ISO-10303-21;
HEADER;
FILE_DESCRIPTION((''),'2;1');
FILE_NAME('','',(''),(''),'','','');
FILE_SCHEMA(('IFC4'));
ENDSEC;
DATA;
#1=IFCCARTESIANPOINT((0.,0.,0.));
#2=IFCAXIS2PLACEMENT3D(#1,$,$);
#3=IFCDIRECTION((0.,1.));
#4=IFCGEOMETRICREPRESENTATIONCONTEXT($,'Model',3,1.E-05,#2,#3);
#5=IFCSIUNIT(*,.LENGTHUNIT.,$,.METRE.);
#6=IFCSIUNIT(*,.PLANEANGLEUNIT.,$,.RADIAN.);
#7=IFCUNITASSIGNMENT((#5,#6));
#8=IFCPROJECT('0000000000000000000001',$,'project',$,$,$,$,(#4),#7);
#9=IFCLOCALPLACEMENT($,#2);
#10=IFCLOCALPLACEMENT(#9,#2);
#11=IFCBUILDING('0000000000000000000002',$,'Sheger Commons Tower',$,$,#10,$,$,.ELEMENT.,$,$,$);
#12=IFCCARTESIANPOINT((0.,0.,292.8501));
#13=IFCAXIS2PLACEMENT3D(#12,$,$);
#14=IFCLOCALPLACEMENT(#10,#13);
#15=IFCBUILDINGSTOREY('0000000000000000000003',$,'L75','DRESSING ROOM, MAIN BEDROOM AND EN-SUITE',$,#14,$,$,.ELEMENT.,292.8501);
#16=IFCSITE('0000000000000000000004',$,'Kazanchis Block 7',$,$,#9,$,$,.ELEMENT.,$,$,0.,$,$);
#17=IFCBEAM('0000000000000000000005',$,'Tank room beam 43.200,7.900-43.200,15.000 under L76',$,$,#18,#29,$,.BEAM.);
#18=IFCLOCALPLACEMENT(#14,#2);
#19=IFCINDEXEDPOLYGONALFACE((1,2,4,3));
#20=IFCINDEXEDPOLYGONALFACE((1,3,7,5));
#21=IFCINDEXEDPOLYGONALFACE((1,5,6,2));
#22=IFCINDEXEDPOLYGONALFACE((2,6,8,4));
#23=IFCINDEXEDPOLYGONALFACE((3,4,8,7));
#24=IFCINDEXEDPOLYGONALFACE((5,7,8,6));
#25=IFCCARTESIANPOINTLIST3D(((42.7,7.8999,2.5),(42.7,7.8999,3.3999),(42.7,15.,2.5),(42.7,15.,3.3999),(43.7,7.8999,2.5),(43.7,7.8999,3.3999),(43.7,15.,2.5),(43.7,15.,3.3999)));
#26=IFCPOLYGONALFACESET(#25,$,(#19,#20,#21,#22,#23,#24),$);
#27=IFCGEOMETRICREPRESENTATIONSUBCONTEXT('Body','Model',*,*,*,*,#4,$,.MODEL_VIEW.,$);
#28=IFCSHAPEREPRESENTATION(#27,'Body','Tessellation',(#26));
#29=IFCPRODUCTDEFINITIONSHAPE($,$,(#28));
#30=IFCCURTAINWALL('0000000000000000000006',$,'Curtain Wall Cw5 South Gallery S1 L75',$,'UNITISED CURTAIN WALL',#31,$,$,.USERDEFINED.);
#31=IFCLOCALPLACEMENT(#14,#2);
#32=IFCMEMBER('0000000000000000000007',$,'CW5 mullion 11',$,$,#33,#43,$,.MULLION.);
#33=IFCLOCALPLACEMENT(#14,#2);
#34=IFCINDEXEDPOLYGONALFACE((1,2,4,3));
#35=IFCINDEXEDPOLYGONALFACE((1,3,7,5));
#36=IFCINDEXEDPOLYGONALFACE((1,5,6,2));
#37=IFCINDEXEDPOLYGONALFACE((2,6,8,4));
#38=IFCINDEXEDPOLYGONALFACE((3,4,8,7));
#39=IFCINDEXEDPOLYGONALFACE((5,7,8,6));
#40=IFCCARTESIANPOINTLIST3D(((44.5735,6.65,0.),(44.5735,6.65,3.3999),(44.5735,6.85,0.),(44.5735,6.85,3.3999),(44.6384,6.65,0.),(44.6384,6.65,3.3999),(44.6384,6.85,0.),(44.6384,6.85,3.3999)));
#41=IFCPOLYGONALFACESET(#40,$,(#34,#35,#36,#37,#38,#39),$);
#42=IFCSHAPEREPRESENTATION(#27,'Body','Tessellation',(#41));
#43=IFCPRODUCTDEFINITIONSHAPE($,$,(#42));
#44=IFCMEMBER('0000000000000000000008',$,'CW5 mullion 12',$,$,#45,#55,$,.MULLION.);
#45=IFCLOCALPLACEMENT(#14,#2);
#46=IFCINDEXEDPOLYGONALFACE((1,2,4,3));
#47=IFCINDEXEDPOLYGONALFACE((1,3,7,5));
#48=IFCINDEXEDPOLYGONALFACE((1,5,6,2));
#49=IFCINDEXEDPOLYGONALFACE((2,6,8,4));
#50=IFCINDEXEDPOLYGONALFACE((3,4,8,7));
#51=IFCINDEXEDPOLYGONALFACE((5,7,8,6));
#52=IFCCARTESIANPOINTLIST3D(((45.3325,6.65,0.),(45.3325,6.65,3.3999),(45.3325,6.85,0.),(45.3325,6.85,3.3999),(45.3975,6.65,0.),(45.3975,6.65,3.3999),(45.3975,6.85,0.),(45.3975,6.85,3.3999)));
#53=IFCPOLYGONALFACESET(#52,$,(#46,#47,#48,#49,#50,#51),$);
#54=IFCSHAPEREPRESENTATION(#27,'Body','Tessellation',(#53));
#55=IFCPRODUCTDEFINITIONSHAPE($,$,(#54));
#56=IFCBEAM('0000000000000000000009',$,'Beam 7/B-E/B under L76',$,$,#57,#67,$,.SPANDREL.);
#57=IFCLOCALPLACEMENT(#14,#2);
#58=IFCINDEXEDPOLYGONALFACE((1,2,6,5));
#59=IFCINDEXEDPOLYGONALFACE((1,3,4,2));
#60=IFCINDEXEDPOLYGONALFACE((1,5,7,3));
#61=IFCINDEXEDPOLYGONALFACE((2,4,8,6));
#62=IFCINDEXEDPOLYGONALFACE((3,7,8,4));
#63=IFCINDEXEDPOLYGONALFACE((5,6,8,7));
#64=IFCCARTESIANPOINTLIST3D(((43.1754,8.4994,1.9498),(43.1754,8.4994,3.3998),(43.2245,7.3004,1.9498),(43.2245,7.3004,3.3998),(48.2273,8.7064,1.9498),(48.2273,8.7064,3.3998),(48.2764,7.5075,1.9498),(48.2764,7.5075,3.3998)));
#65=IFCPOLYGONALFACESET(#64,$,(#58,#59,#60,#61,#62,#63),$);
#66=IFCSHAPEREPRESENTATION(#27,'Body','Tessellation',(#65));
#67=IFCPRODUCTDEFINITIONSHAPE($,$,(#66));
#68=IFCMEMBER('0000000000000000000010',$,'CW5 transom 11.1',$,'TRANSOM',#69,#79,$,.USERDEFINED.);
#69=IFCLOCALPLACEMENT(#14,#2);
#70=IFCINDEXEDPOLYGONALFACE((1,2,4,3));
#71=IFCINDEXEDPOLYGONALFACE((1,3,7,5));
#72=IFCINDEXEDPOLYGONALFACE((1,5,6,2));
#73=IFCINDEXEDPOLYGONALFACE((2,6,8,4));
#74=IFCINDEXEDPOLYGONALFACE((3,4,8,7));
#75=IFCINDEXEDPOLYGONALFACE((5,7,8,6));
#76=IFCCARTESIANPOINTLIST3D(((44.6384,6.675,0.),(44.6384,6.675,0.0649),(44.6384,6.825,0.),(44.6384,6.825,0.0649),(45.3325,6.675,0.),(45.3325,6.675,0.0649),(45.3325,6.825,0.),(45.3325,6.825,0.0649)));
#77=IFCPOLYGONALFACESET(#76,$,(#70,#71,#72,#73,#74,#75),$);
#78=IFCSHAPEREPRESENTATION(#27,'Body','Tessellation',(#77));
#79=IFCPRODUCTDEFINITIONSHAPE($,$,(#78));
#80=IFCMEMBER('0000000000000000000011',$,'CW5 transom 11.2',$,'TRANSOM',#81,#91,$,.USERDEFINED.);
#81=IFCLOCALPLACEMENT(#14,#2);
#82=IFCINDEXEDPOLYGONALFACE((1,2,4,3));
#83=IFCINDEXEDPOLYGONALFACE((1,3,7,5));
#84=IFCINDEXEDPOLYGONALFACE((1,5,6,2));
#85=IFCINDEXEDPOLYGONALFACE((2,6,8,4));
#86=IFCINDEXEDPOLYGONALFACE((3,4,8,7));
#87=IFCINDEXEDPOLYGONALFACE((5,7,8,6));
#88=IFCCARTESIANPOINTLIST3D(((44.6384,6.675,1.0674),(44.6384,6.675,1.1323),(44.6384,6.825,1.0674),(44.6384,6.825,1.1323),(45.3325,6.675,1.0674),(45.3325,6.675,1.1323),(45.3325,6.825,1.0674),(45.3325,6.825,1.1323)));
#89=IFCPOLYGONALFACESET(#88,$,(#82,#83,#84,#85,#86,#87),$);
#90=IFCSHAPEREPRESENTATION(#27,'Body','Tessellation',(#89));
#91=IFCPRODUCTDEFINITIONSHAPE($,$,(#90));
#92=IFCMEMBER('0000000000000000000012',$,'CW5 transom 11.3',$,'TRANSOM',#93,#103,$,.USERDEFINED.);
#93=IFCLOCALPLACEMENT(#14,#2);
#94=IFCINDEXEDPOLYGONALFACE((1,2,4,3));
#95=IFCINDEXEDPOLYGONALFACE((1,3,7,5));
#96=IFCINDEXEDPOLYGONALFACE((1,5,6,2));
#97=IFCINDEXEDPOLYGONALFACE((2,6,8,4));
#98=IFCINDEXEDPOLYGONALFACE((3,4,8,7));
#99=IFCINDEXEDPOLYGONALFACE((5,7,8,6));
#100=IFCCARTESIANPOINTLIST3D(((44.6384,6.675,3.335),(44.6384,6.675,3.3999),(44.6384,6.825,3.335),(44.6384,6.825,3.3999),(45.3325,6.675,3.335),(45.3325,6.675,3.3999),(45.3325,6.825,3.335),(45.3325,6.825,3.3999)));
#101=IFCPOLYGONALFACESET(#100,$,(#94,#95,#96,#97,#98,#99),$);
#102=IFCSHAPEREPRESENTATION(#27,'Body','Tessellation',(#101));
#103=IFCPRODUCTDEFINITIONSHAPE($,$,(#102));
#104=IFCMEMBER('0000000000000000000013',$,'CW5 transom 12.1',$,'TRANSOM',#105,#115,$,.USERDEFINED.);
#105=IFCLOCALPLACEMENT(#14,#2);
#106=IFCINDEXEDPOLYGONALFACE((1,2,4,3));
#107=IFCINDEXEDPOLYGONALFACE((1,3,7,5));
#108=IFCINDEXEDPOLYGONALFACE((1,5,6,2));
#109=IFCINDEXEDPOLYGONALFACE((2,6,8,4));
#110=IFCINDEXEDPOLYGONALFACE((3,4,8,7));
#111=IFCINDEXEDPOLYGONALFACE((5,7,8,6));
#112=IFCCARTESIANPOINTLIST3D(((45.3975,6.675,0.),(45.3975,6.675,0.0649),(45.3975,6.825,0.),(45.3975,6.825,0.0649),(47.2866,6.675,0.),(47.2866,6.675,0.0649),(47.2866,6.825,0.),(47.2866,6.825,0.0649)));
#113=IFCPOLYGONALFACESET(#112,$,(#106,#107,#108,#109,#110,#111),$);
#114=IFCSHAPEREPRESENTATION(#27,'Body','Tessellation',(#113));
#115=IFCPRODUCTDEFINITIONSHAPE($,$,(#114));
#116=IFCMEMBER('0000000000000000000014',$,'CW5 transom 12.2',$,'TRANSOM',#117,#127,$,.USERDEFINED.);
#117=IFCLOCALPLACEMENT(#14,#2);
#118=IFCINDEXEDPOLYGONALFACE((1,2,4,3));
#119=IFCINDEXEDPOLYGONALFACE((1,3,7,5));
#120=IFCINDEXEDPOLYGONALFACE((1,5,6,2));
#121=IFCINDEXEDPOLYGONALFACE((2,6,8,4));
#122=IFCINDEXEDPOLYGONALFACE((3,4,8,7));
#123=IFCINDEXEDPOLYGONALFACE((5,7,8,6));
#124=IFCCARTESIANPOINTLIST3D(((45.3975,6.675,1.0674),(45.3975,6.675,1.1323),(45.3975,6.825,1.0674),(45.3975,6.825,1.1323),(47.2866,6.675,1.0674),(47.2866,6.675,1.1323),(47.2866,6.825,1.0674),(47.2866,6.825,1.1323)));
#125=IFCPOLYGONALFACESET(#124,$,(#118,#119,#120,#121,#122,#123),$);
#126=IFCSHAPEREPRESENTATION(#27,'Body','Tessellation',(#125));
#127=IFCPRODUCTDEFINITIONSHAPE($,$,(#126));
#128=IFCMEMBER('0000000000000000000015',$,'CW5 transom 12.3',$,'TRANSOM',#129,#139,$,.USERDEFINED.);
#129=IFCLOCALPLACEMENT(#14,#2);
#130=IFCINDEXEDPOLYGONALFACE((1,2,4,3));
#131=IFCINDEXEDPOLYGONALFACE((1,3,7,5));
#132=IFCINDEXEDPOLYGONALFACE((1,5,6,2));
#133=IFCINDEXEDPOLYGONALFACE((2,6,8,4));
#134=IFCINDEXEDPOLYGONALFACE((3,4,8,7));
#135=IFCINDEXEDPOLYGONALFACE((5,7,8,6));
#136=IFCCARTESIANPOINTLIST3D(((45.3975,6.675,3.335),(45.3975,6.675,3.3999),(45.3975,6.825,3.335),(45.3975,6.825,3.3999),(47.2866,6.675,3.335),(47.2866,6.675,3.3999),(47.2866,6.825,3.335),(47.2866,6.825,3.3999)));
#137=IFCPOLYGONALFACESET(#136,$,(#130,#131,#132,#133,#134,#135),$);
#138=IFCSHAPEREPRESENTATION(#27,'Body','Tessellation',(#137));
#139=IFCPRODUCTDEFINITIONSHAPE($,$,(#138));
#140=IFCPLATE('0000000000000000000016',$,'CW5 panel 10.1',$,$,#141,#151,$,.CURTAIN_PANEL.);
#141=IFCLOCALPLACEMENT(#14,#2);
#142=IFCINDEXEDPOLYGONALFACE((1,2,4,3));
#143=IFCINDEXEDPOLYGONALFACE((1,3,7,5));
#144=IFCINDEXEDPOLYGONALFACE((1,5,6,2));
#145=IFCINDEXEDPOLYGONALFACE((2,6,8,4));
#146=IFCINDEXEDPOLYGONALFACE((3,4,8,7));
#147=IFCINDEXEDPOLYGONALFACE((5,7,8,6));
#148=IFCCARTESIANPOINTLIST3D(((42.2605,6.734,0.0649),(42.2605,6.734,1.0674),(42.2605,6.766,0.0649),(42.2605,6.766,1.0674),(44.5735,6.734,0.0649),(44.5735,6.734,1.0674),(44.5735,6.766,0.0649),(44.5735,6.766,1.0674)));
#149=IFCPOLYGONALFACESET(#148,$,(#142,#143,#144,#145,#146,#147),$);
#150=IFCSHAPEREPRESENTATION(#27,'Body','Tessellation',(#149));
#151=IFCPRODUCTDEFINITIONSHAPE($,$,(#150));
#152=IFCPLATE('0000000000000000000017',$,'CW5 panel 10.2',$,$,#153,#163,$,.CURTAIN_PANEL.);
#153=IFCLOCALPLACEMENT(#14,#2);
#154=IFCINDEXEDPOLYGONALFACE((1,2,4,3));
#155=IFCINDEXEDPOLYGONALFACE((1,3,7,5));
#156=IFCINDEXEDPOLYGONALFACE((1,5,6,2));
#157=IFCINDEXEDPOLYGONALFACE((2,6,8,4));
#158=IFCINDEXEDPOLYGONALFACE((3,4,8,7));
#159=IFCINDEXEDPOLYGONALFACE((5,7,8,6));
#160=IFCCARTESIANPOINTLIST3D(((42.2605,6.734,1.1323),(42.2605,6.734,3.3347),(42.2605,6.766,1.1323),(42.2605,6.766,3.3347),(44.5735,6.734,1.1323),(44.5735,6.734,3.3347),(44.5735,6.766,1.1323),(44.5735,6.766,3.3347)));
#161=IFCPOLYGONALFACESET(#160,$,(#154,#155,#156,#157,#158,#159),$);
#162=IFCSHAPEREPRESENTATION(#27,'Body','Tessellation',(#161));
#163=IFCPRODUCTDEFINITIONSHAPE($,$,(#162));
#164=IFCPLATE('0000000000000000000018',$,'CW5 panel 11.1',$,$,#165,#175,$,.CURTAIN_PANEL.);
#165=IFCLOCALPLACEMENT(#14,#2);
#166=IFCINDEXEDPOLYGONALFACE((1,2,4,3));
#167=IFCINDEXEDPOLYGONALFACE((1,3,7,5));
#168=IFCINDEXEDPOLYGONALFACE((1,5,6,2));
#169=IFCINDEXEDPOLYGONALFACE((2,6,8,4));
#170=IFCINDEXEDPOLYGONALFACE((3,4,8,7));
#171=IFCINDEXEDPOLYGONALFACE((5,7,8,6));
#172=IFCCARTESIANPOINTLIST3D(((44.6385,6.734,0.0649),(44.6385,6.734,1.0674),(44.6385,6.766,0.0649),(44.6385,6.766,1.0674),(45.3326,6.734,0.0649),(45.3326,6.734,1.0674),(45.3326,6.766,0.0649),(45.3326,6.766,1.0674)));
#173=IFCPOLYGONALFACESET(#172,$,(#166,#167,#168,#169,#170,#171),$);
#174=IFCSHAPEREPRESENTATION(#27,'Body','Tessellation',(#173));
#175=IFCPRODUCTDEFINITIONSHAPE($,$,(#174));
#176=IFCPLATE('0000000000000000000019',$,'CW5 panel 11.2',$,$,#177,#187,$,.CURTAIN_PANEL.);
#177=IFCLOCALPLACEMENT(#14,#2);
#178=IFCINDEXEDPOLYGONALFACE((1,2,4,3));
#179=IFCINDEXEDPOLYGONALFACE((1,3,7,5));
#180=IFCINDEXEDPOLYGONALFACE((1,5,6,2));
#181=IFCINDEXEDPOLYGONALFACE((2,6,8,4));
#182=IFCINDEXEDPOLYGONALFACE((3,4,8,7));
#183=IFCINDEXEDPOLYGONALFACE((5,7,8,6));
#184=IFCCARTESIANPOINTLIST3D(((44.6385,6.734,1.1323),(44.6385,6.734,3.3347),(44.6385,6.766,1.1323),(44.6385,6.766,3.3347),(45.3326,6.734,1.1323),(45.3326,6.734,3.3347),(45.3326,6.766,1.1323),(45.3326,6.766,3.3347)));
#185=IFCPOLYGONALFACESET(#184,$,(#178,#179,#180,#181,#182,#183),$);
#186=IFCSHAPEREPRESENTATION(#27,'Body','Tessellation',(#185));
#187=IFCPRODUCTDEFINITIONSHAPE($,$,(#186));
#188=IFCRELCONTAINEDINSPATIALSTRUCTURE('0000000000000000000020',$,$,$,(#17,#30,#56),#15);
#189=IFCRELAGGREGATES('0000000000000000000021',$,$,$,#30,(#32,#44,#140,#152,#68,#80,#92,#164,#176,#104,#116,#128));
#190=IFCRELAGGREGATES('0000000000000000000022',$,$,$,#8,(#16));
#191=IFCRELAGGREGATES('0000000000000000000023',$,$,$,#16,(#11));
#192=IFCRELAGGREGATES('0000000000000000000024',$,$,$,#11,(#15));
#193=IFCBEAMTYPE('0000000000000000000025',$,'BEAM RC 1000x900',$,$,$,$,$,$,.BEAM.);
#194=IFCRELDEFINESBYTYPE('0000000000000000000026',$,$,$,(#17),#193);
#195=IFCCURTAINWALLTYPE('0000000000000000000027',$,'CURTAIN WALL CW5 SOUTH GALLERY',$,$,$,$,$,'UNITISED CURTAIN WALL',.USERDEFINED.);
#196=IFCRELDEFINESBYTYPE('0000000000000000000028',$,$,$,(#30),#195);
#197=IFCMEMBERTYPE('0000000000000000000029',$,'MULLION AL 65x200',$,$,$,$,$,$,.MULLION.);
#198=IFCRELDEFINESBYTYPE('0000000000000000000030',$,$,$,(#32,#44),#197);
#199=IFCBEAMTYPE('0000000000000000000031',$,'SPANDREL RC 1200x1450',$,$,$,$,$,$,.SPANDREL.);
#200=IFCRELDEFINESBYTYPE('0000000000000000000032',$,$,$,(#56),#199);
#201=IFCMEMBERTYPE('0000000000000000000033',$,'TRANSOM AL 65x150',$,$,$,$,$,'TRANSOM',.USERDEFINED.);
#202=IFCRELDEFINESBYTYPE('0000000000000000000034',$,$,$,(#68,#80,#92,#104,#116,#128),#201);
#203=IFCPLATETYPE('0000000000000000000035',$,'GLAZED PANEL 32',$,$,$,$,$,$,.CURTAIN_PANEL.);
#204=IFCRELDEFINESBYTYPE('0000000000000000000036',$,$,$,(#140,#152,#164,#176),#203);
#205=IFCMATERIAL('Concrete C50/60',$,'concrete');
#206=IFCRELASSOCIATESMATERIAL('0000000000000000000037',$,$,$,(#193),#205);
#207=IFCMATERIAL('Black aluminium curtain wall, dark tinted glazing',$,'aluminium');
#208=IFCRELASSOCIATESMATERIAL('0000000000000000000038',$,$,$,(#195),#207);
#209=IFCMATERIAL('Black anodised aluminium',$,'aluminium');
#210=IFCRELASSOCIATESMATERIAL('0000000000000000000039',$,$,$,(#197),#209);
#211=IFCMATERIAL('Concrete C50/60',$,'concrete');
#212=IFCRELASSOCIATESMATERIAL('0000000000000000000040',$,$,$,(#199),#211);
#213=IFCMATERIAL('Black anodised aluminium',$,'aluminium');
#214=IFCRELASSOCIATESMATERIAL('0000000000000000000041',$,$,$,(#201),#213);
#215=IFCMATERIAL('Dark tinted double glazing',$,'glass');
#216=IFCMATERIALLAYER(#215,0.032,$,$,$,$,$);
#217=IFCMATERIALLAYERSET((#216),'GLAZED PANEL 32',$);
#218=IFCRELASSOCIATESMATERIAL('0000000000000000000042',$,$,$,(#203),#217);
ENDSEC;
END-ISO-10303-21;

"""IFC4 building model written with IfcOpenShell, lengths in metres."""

from ifc_helpers import new_model, si_unit, direction, frame, origin, origin_2d, place, context, subcontext, project, spatial, rectangle, extrude, material, layer, layer_set, material_profile, profile_set, type_object, element, aggregate, save


model = new_model("IFC4")

# Units and contexts
model_context = context("Model", 3, precision=1e-05, world=origin(), true_north=direction((0.0, 1.0)))
body_context = subcontext(model_context, "Body", "Model", "MODEL_VIEW")
ifc_project = project(units=[si_unit("LENGTHUNIT", "METRE"), si_unit("PLANEANGLEUNIT", "RADIAN")], contexts=[model_context])

# Site, building, storey
site_placement = place(None, origin())
site = spatial("IfcSite", under=ifc_project, at=site_placement, Name="Kazanchis Block 7", CompositionType="ELEMENT", RefElevation=0.0)
building_placement = place(site_placement, origin())
building = spatial("IfcBuilding", under=site, at=building_placement, Name="Sheger Commons Tower", CompositionType="ELEMENT")
storey_placement = place(building_placement, frame((0.0, 0.0, 292.8501)))
storey = spatial("IfcBuildingStorey", under=building, at=storey_placement, Name="L75", Description="DRESSING ROOM, MAIN BEDROOM AND EN-SUITE", CompositionType="ELEMENT", Elevation=292.8501)

# Beam
ifc_material_1 = material(Name="Concrete C50/60", Category="concrete")
ifc_material_profile_1 = material_profile(ifc_material_1, rectangle(XDim=1.0, YDim=0.8999, at=origin_2d()), Name="RC 1000x900")
ifc_profile_set_1 = profile_set([ifc_material_profile_1], Name="Concrete C50/60")
beam_type_1 = type_object("IfcBeamType", Name="BEAM RC 1000x900", PredefinedType="BEAM", material=ifc_profile_set_1)
beam_1_placement = place(storey_placement, frame((43.2, 7.8999, 2.95), z_axis=(0.0, 1.0, 0.0), x_axis=(-1.0, 0.0, 0.0)))
element("IfcBeam", 1, at=beam_1_placement, inside=storey, type_object=beam_type_1, Name="Tank room beam 43.200,7.900-43.200,15.000 under L76", PredefinedType="BEAM", context=body_context, shape_type="SweptSolid", body=[
    extrude(rectangle(XDim=1.0, YDim=0.8999, at=origin_2d()), origin(), (0.0, 0.0, 1.0), 7.1001),
])

# Curtain wall, members
ifc_material_2 = material(Name="Black aluminium curtain wall, dark tinted glazing", Category="aluminium")
curtain_wall_type = type_object("IfcCurtainWallType", Name="CURTAIN WALL CW5 SOUTH GALLERY", ElementType="UNITISED CURTAIN WALL", PredefinedType="USERDEFINED", material=ifc_material_2)
curtain_wall_placement = place(storey_placement, origin())
curtain_wall = element("IfcCurtainWall", 2, at=curtain_wall_placement, inside=storey, type_object=curtain_wall_type, Name="Curtain Wall Cw5 South Gallery S1 L75", ObjectType="UNITISED CURTAIN WALL", PredefinedType="USERDEFINED")
ifc_material_3 = material(Name="Black anodised aluminium", Category="aluminium")
ifc_material_profile_2 = material_profile(ifc_material_3, rectangle(XDim=0.2, YDim=0.0649, at=origin_2d()), Name="AL 65x200")
ifc_profile_set_2 = profile_set([ifc_material_profile_2], Name="Black anodised aluminium")
member_type_1 = type_object("IfcMemberType", Name="MULLION AL 65x200", PredefinedType="MULLION", material=ifc_profile_set_2)
member_1_placement = place(storey_placement, frame((44.606, 6.75, 0.0), z_axis=(0.0, 0.0, 1.0), x_axis=(0.0, 1.0, 0.0)))
member_1 = element("IfcMember", 3, at=member_1_placement, type_object=member_type_1, Name="CW5 mullion 11", PredefinedType="MULLION", context=body_context, shape_type="SweptSolid", body=[
    extrude(rectangle(XDim=0.2, YDim=0.0649, at=origin_2d()), origin(), (0.0, 0.0, 1.0), 3.3999),
])
member_2_placement = place(storey_placement, frame((45.365, 6.75, 0.0), z_axis=(0.0, 0.0, 1.0), x_axis=(0.0, 1.0, 0.0)))
member_2 = element("IfcMember", 4, at=member_2_placement, type_object=member_type_1, Name="CW5 mullion 12", PredefinedType="MULLION", context=body_context, shape_type="SweptSolid", body=[
    extrude(rectangle(XDim=0.2, YDim=0.0649, at=origin_2d()), origin(), (0.0, 0.0, 1.0), 3.3999),
])

# Beam
ifc_material_4 = material(Name="Concrete C50/60", Category="concrete")
ifc_material_profile_3 = material_profile(ifc_material_4, rectangle(XDim=1.2, YDim=1.45, at=origin_2d()), Name="RC 1200x1450")
ifc_profile_set_3 = profile_set([ifc_material_profile_3], Name="Concrete C50/60")
beam_type_2 = type_object("IfcBeamType", Name="SPANDREL RC 1200x1450", PredefinedType="SPANDREL", material=ifc_profile_set_3)
beam_2_placement = place(storey_placement, frame((43.2, 7.8999, 2.6748), z_axis=(0.999161, 0.040946, 0.0), x_axis=(-0.040946, 0.999161, 0.0)))
element("IfcBeam", 5, at=beam_2_placement, inside=storey, type_object=beam_type_2, Name="Beam 7/B-E/B under L76", PredefinedType="SPANDREL", context=body_context, shape_type="SweptSolid", body=[
    extrude(rectangle(XDim=1.2, YDim=1.45, at=origin_2d()), origin(), (0.0, 0.0, 1.0), 5.0562),
])

# Members
ifc_material_5 = material(Name="Black anodised aluminium", Category="aluminium")
ifc_material_profile_4 = material_profile(ifc_material_5, rectangle(XDim=0.1499, YDim=0.0649, at=origin_2d()), Name="AL 65x150")
ifc_profile_set_4 = profile_set([ifc_material_profile_4], Name="Black anodised aluminium")
member_type_2 = type_object("IfcMemberType", Name="TRANSOM AL 65x150", ElementType="TRANSOM", PredefinedType="USERDEFINED", material=ifc_profile_set_4)
member_3_placement = place(storey_placement, frame((44.6384, 6.75, 0.0325), z_axis=(1.0, 0.0, 0.0), x_axis=(0.0, 1.0, 0.0)))
member_3 = element("IfcMember", 6, at=member_3_placement, type_object=member_type_2, Name="CW5 transom 11.1", ObjectType="TRANSOM", PredefinedType="USERDEFINED", context=body_context, shape_type="SweptSolid", body=[
    extrude(rectangle(XDim=0.1499, YDim=0.0649, at=origin_2d()), origin(), (0.0, 0.0, 1.0), 0.6941),
])
member_4_placement = place(storey_placement, frame((44.6384, 6.75, 1.0999), z_axis=(1.0, 0.0, 0.0), x_axis=(0.0, 1.0, 0.0)))
member_4 = element("IfcMember", 7, at=member_4_placement, type_object=member_type_2, Name="CW5 transom 11.2", ObjectType="TRANSOM", PredefinedType="USERDEFINED", context=body_context, shape_type="SweptSolid", body=[
    extrude(rectangle(XDim=0.1499, YDim=0.0649, at=origin_2d()), origin(), (0.0, 0.0, 1.0), 0.6941),
])
member_5_placement = place(storey_placement, frame((44.6384, 6.75, 3.3674), z_axis=(1.0, 0.0, 0.0), x_axis=(0.0, 1.0, 0.0)))
member_5 = element("IfcMember", 8, at=member_5_placement, type_object=member_type_2, Name="CW5 transom 11.3", ObjectType="TRANSOM", PredefinedType="USERDEFINED", context=body_context, shape_type="SweptSolid", body=[
    extrude(rectangle(XDim=0.1499, YDim=0.0649, at=origin_2d()), origin(), (0.0, 0.0, 1.0), 0.6941),
])
member_6_placement = place(storey_placement, frame((45.3975, 6.75, 0.0325), z_axis=(1.0, 0.0, 0.0), x_axis=(0.0, 1.0, 0.0)))
member_6 = element("IfcMember", 9, at=member_6_placement, type_object=member_type_2, Name="CW5 transom 12.1", ObjectType="TRANSOM", PredefinedType="USERDEFINED", context=body_context, shape_type="SweptSolid", body=[
    extrude(rectangle(XDim=0.1499, YDim=0.0649, at=origin_2d()), origin(), (0.0, 0.0, 1.0), 1.8892),
])
member_7_placement = place(storey_placement, frame((45.3975, 6.75, 1.0999), z_axis=(1.0, 0.0, 0.0), x_axis=(0.0, 1.0, 0.0)))
member_7 = element("IfcMember", 10, at=member_7_placement, type_object=member_type_2, Name="CW5 transom 12.2", ObjectType="TRANSOM", PredefinedType="USERDEFINED", context=body_context, shape_type="SweptSolid", body=[
    extrude(rectangle(XDim=0.1499, YDim=0.0649, at=origin_2d()), origin(), (0.0, 0.0, 1.0), 1.8892),
])
member_8_placement = place(storey_placement, frame((45.3975, 6.75, 3.3674), z_axis=(1.0, 0.0, 0.0), x_axis=(0.0, 1.0, 0.0)))
member_8 = element("IfcMember", 11, at=member_8_placement, type_object=member_type_2, Name="CW5 transom 12.3", ObjectType="TRANSOM", PredefinedType="USERDEFINED", context=body_context, shape_type="SweptSolid", body=[
    extrude(rectangle(XDim=0.1499, YDim=0.0649, at=origin_2d()), origin(), (0.0, 0.0, 1.0), 1.8892),
])

# Plates
ifc_material_6 = material(Name="Dark tinted double glazing", Category="glass")
ifc_layer_1 = layer(ifc_material_6, 0.032)
ifc_layer_set_1 = layer_set([ifc_layer_1], Name="GLAZED PANEL 32")
plate_type_1 = type_object("IfcPlateType", Name="GLAZED PANEL 32", PredefinedType="CURTAIN_PANEL", material=ifc_layer_set_1)
plate_1_placement = place(storey_placement, frame((43.417, 6.75, 0.0649), z_axis=(0.0, 0.0, 1.0), x_axis=(1.0, 0.0, 0.0)))
plate_1 = element("IfcPlate", 12, at=plate_1_placement, type_object=plate_type_1, Name="CW5 panel 10.1", PredefinedType="CURTAIN_PANEL", context=body_context, shape_type="SweptSolid", body=[
    extrude(rectangle(XDim=2.313, YDim=0.032, at=origin_2d()), origin(), (0.0, 0.0, 1.0), 1.0024),
])
plate_2_placement = place(storey_placement, frame((43.417, 6.75, 1.1323), z_axis=(0.0, 0.0, 1.0), x_axis=(1.0, 0.0, 0.0)))
plate_2 = element("IfcPlate", 13, at=plate_2_placement, type_object=plate_type_1, Name="CW5 panel 10.2", PredefinedType="CURTAIN_PANEL", context=body_context, shape_type="SweptSolid", body=[
    extrude(rectangle(XDim=2.313, YDim=0.032, at=origin_2d()), origin(), (0.0, 0.0, 1.0), 2.2024),
])
plate_3_placement = place(storey_placement, frame((44.9856, 6.75, 0.0649), z_axis=(0.0, 0.0, 1.0), x_axis=(1.0, 0.0, 0.0)))
plate_3 = element("IfcPlate", 14, at=plate_3_placement, type_object=plate_type_1, Name="CW5 panel 11.1", PredefinedType="CURTAIN_PANEL", context=body_context, shape_type="SweptSolid", body=[
    extrude(rectangle(XDim=0.6941, YDim=0.032, at=origin_2d()), origin(), (0.0, 0.0, 1.0), 1.0024),
])
plate_4_placement = place(storey_placement, frame((44.9856, 6.75, 1.1323), z_axis=(0.0, 0.0, 1.0), x_axis=(1.0, 0.0, 0.0)))
plate_4 = element("IfcPlate", 15, at=plate_4_placement, type_object=plate_type_1, Name="CW5 panel 11.2", PredefinedType="CURTAIN_PANEL", context=body_context, shape_type="SweptSolid", body=[
    extrude(rectangle(XDim=0.6941, YDim=0.032, at=origin_2d()), origin(), (0.0, 0.0, 1.0), 2.2024),
])
aggregate(curtain_wall, [member_1, member_2, plate_1, plate_2, member_3, member_4, member_5, plate_3, plate_4, member_6, member_7, member_8])

save(model, "model.ifc")
